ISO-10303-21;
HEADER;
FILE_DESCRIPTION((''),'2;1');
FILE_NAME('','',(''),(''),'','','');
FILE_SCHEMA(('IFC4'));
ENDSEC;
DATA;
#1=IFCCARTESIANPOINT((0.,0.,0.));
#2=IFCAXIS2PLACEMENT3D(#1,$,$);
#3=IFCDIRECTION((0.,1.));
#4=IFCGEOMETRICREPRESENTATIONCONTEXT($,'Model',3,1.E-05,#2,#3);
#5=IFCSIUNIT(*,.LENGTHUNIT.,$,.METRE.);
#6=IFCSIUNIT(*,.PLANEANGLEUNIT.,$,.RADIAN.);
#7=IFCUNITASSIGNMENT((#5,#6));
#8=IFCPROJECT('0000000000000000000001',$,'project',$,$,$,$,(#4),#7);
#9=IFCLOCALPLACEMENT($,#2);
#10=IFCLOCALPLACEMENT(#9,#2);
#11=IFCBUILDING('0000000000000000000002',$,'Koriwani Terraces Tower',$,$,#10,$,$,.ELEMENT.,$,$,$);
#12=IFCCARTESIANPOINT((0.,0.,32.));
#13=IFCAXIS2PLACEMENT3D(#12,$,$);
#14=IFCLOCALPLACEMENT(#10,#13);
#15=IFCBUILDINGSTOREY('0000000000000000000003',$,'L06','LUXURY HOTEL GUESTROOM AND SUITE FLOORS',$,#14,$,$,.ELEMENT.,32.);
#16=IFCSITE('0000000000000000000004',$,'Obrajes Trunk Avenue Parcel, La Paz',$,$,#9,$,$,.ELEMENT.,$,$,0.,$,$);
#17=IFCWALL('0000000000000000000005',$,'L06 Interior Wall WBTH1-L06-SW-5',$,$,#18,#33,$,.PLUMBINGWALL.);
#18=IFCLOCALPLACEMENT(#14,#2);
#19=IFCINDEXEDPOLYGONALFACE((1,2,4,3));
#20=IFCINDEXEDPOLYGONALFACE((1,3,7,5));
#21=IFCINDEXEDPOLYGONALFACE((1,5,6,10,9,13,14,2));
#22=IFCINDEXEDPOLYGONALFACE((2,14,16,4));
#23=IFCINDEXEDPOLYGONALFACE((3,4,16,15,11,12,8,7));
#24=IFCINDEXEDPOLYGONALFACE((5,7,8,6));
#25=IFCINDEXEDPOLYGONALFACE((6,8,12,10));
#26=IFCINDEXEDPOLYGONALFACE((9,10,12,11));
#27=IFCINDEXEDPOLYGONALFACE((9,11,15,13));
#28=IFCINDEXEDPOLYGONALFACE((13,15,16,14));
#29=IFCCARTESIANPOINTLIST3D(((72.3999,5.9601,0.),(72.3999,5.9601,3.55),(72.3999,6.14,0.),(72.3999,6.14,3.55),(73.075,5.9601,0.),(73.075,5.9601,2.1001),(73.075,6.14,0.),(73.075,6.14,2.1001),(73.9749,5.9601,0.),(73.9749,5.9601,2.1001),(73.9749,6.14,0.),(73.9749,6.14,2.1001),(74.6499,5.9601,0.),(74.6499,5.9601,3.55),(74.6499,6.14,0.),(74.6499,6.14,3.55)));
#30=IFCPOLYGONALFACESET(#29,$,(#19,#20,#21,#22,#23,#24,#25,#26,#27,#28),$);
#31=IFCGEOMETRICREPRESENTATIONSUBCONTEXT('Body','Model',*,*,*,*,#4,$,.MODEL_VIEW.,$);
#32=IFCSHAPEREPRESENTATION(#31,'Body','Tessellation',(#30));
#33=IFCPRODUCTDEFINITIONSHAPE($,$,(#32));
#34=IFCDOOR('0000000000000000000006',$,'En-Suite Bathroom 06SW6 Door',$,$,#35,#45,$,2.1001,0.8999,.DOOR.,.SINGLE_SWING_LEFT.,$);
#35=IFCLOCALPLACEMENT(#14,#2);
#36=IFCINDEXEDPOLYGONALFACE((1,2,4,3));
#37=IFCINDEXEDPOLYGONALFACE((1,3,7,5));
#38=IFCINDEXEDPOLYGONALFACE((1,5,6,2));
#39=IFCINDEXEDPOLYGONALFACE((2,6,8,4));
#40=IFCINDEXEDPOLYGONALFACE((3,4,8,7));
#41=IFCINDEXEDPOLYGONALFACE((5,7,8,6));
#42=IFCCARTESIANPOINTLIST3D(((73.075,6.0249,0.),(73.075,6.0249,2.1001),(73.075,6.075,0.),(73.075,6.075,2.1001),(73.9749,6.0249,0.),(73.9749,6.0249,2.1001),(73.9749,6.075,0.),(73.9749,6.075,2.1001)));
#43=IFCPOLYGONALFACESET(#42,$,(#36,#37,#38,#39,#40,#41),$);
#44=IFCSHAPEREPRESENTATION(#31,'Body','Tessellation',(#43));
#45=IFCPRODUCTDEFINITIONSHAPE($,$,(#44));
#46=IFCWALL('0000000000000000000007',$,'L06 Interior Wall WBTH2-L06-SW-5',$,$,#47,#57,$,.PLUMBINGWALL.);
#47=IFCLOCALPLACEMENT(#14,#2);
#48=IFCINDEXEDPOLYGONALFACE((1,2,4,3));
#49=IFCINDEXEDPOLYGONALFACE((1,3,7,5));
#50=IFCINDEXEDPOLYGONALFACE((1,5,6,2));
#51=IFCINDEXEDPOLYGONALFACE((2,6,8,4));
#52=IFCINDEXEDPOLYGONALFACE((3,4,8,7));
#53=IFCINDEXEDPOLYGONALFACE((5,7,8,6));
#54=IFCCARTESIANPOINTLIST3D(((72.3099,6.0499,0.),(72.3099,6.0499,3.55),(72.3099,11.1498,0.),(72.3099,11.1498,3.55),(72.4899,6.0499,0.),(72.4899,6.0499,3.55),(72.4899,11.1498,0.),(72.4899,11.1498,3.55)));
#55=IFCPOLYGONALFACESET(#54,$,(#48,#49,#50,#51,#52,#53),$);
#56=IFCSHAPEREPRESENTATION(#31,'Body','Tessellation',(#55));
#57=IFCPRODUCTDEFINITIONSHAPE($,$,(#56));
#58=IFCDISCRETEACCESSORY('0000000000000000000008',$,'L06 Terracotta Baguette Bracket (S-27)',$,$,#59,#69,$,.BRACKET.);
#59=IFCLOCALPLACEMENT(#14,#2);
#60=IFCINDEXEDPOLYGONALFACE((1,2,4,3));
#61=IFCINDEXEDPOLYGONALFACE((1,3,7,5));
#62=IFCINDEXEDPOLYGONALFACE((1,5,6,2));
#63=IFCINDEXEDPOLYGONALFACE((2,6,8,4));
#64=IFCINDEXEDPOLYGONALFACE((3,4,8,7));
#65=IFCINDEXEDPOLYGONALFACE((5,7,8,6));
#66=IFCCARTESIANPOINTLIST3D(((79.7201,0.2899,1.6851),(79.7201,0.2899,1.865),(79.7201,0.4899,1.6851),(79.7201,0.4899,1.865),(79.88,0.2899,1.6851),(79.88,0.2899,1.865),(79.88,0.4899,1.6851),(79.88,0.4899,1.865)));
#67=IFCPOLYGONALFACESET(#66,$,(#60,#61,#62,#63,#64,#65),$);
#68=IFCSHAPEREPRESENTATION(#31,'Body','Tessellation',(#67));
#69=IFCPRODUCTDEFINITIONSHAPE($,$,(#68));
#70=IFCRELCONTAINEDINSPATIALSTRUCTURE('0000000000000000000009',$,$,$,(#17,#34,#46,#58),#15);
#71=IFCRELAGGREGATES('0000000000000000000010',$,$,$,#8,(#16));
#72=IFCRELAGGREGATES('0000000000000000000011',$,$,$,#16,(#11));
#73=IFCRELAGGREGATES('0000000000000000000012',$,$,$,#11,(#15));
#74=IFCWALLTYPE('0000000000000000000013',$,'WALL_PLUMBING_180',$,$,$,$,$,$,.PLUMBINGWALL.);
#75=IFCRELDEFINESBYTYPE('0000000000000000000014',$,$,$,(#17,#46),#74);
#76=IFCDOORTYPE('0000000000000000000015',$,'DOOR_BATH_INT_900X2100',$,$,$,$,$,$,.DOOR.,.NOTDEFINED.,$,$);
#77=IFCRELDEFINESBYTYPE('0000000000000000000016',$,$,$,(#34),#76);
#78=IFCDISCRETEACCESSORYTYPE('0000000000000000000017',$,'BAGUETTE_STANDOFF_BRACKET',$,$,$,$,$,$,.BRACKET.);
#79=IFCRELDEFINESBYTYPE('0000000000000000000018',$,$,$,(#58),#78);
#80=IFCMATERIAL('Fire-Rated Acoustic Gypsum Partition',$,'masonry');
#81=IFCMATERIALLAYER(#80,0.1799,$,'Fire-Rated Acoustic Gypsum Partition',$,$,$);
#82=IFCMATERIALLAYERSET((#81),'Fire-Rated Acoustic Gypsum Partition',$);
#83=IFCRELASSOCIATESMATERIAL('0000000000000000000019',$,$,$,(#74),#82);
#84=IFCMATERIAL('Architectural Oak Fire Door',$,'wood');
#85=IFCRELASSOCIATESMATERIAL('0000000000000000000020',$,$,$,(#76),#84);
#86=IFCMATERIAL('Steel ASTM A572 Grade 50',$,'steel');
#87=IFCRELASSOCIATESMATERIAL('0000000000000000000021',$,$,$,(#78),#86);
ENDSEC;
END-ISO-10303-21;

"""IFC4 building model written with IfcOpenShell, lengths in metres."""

from ifc_helpers import new_model, si_unit, direction, frame, frame_2d, origin, origin_2d, place, context, subcontext, project, spatial, rectangle, extrude, material, layer, layer_set, type_object, element, fill, save


model = new_model("IFC4")

# Units and contexts
model_context = context("Model", 3, precision=1e-05, world=origin(), true_north=direction((0.0, 1.0)))
body_context = subcontext(model_context, "Body", "Model", "MODEL_VIEW")
ifc_project = project(units=[si_unit("LENGTHUNIT", "METRE"), si_unit("PLANEANGLEUNIT", "RADIAN")], contexts=[model_context])

# Site, building, storey
site_placement = place(None, origin())
site = spatial("IfcSite", under=ifc_project, at=site_placement, Name="Obrajes Trunk Avenue Parcel, La Paz", CompositionType="ELEMENT", RefElevation=0.0)
building_placement = place(site_placement, origin())
building = spatial("IfcBuilding", under=site, at=building_placement, Name="Koriwani Terraces Tower", CompositionType="ELEMENT")
storey_placement = place(building_placement, frame((0.0, 0.0, 32.0)))
storey = spatial("IfcBuildingStorey", under=building, at=storey_placement, Name="L06", Description="LUXURY HOTEL GUESTROOM AND SUITE FLOORS", CompositionType="ELEMENT", Elevation=32.0)

# Shared definitions
ifc_material_1 = material(Name="Steel ASTM A572 Grade 50", Category="steel")

# Wall, opening, door
ifc_material_2 = material(Name="Fire-Rated Acoustic Gypsum Partition", Category="masonry")
ifc_layer_1 = layer(ifc_material_2, 0.1799, Name="Fire-Rated Acoustic Gypsum Partition")
ifc_layer_set_1 = layer_set([ifc_layer_1], Name="Fire-Rated Acoustic Gypsum Partition")
wall_type_1 = type_object("IfcWallType", Name="WALL_PLUMBING_180", PredefinedType="PLUMBINGWALL", material=ifc_layer_set_1)
wall_1_placement = place(storey_placement, frame((72.3999, 6.05, 0.0), z_axis=(0.0, 0.0, 1.0), x_axis=(1.0, 0.0, 0.0)))
wall_1 = element("IfcWall", 1, at=wall_1_placement, inside=storey, type_object=wall_type_1, Name="L06 Interior Wall WBTH1-L06-SW-5", PredefinedType="PLUMBINGWALL", context=body_context, shape_type="SweptSolid", body=[
    extrude(rectangle(XDim=2.25, YDim=0.1799, at=frame_2d((1.125, 0.0))), origin(), (0.0, 0.0, 1.0), 3.55),
])
opening_placement = place(wall_1_placement, frame((0.675, 0.0, 0.0)))
opening = element("IfcOpeningElement", 2, at=opening_placement, cuts=wall_1, PredefinedType="OPENING", context=body_context, shape_type="SweptSolid", body=[
    extrude(rectangle(XDim=0.8999, YDim=2.1001, at=frame_2d((0.45, 1.05))), frame((0.0, 0.1001, 0.0), z_axis=(0.0, -1.0, 0.0), x_axis=(1.0, 0.0, 0.0)), (0.0, 0.0, 1.0), 0.2),
])
ifc_material_3 = material(Name="Architectural Oak Fire Door", Category="wood")
door_type = type_object("IfcDoorType", Name="DOOR_BATH_INT_900X2100", OperationType="NOTDEFINED", PredefinedType="DOOR", material=ifc_material_3)
door_placement = place(opening_placement, origin())
door = element("IfcDoor", 3, at=door_placement, inside=storey, type_object=door_type, Name="En-Suite Bathroom 06SW6 Door", OperationType="SINGLE_SWING_LEFT", OverallHeight=2.1001, OverallWidth=0.8999, PredefinedType="DOOR", context=body_context, shape_type="SweptSolid", body=[
    extrude(rectangle(XDim=0.8999, YDim=2.1001, at=frame_2d((0.45, 1.05))), frame((0.0, 0.0249, 0.0), z_axis=(0.0, -1.0, 0.0), x_axis=(1.0, 0.0, 0.0)), (0.0, 0.0, 1.0), 0.05),
])
fill(opening, door)

# Wall
wall_2_placement = place(storey_placement, frame((72.3999, 6.05, 0.0), z_axis=(0.0, 0.0, 1.0), x_axis=(0.0, 1.0, 0.0)))
element("IfcWall", 4, at=wall_2_placement, inside=storey, type_object=wall_type_1, Name="L06 Interior Wall WBTH2-L06-SW-5", PredefinedType="PLUMBINGWALL", context=body_context, shape_type="SweptSolid", body=[
    extrude(rectangle(XDim=5.0999, YDim=0.1799, at=frame_2d((2.5498, 0.0))), origin(), (0.0, 0.0, 1.0), 3.55),
])

# Discrete accessory
discrete_accessory_type = type_object("IfcDiscreteAccessoryType", Name="BAGUETTE_STANDOFF_BRACKET", PredefinedType="BRACKET", material=ifc_material_1)
discrete_accessory_placement = place(storey_placement, frame((79.8, 0.3899, 1.6851), z_axis=(0.0, 0.0, 1.0), x_axis=(-1.0, 0.0, 0.0)))
element("IfcDiscreteAccessory", 5, at=discrete_accessory_placement, inside=storey, type_object=discrete_accessory_type, Name="L06 Terracotta Baguette Bracket (S-27)", PredefinedType="BRACKET", context=body_context, shape_type="SweptSolid", body=[
    extrude(rectangle(XDim=0.1599, YDim=0.2, at=origin_2d()), origin(), (0.0, 0.0, 1.0), 0.1799),
])

save(model, "model.ifc")
